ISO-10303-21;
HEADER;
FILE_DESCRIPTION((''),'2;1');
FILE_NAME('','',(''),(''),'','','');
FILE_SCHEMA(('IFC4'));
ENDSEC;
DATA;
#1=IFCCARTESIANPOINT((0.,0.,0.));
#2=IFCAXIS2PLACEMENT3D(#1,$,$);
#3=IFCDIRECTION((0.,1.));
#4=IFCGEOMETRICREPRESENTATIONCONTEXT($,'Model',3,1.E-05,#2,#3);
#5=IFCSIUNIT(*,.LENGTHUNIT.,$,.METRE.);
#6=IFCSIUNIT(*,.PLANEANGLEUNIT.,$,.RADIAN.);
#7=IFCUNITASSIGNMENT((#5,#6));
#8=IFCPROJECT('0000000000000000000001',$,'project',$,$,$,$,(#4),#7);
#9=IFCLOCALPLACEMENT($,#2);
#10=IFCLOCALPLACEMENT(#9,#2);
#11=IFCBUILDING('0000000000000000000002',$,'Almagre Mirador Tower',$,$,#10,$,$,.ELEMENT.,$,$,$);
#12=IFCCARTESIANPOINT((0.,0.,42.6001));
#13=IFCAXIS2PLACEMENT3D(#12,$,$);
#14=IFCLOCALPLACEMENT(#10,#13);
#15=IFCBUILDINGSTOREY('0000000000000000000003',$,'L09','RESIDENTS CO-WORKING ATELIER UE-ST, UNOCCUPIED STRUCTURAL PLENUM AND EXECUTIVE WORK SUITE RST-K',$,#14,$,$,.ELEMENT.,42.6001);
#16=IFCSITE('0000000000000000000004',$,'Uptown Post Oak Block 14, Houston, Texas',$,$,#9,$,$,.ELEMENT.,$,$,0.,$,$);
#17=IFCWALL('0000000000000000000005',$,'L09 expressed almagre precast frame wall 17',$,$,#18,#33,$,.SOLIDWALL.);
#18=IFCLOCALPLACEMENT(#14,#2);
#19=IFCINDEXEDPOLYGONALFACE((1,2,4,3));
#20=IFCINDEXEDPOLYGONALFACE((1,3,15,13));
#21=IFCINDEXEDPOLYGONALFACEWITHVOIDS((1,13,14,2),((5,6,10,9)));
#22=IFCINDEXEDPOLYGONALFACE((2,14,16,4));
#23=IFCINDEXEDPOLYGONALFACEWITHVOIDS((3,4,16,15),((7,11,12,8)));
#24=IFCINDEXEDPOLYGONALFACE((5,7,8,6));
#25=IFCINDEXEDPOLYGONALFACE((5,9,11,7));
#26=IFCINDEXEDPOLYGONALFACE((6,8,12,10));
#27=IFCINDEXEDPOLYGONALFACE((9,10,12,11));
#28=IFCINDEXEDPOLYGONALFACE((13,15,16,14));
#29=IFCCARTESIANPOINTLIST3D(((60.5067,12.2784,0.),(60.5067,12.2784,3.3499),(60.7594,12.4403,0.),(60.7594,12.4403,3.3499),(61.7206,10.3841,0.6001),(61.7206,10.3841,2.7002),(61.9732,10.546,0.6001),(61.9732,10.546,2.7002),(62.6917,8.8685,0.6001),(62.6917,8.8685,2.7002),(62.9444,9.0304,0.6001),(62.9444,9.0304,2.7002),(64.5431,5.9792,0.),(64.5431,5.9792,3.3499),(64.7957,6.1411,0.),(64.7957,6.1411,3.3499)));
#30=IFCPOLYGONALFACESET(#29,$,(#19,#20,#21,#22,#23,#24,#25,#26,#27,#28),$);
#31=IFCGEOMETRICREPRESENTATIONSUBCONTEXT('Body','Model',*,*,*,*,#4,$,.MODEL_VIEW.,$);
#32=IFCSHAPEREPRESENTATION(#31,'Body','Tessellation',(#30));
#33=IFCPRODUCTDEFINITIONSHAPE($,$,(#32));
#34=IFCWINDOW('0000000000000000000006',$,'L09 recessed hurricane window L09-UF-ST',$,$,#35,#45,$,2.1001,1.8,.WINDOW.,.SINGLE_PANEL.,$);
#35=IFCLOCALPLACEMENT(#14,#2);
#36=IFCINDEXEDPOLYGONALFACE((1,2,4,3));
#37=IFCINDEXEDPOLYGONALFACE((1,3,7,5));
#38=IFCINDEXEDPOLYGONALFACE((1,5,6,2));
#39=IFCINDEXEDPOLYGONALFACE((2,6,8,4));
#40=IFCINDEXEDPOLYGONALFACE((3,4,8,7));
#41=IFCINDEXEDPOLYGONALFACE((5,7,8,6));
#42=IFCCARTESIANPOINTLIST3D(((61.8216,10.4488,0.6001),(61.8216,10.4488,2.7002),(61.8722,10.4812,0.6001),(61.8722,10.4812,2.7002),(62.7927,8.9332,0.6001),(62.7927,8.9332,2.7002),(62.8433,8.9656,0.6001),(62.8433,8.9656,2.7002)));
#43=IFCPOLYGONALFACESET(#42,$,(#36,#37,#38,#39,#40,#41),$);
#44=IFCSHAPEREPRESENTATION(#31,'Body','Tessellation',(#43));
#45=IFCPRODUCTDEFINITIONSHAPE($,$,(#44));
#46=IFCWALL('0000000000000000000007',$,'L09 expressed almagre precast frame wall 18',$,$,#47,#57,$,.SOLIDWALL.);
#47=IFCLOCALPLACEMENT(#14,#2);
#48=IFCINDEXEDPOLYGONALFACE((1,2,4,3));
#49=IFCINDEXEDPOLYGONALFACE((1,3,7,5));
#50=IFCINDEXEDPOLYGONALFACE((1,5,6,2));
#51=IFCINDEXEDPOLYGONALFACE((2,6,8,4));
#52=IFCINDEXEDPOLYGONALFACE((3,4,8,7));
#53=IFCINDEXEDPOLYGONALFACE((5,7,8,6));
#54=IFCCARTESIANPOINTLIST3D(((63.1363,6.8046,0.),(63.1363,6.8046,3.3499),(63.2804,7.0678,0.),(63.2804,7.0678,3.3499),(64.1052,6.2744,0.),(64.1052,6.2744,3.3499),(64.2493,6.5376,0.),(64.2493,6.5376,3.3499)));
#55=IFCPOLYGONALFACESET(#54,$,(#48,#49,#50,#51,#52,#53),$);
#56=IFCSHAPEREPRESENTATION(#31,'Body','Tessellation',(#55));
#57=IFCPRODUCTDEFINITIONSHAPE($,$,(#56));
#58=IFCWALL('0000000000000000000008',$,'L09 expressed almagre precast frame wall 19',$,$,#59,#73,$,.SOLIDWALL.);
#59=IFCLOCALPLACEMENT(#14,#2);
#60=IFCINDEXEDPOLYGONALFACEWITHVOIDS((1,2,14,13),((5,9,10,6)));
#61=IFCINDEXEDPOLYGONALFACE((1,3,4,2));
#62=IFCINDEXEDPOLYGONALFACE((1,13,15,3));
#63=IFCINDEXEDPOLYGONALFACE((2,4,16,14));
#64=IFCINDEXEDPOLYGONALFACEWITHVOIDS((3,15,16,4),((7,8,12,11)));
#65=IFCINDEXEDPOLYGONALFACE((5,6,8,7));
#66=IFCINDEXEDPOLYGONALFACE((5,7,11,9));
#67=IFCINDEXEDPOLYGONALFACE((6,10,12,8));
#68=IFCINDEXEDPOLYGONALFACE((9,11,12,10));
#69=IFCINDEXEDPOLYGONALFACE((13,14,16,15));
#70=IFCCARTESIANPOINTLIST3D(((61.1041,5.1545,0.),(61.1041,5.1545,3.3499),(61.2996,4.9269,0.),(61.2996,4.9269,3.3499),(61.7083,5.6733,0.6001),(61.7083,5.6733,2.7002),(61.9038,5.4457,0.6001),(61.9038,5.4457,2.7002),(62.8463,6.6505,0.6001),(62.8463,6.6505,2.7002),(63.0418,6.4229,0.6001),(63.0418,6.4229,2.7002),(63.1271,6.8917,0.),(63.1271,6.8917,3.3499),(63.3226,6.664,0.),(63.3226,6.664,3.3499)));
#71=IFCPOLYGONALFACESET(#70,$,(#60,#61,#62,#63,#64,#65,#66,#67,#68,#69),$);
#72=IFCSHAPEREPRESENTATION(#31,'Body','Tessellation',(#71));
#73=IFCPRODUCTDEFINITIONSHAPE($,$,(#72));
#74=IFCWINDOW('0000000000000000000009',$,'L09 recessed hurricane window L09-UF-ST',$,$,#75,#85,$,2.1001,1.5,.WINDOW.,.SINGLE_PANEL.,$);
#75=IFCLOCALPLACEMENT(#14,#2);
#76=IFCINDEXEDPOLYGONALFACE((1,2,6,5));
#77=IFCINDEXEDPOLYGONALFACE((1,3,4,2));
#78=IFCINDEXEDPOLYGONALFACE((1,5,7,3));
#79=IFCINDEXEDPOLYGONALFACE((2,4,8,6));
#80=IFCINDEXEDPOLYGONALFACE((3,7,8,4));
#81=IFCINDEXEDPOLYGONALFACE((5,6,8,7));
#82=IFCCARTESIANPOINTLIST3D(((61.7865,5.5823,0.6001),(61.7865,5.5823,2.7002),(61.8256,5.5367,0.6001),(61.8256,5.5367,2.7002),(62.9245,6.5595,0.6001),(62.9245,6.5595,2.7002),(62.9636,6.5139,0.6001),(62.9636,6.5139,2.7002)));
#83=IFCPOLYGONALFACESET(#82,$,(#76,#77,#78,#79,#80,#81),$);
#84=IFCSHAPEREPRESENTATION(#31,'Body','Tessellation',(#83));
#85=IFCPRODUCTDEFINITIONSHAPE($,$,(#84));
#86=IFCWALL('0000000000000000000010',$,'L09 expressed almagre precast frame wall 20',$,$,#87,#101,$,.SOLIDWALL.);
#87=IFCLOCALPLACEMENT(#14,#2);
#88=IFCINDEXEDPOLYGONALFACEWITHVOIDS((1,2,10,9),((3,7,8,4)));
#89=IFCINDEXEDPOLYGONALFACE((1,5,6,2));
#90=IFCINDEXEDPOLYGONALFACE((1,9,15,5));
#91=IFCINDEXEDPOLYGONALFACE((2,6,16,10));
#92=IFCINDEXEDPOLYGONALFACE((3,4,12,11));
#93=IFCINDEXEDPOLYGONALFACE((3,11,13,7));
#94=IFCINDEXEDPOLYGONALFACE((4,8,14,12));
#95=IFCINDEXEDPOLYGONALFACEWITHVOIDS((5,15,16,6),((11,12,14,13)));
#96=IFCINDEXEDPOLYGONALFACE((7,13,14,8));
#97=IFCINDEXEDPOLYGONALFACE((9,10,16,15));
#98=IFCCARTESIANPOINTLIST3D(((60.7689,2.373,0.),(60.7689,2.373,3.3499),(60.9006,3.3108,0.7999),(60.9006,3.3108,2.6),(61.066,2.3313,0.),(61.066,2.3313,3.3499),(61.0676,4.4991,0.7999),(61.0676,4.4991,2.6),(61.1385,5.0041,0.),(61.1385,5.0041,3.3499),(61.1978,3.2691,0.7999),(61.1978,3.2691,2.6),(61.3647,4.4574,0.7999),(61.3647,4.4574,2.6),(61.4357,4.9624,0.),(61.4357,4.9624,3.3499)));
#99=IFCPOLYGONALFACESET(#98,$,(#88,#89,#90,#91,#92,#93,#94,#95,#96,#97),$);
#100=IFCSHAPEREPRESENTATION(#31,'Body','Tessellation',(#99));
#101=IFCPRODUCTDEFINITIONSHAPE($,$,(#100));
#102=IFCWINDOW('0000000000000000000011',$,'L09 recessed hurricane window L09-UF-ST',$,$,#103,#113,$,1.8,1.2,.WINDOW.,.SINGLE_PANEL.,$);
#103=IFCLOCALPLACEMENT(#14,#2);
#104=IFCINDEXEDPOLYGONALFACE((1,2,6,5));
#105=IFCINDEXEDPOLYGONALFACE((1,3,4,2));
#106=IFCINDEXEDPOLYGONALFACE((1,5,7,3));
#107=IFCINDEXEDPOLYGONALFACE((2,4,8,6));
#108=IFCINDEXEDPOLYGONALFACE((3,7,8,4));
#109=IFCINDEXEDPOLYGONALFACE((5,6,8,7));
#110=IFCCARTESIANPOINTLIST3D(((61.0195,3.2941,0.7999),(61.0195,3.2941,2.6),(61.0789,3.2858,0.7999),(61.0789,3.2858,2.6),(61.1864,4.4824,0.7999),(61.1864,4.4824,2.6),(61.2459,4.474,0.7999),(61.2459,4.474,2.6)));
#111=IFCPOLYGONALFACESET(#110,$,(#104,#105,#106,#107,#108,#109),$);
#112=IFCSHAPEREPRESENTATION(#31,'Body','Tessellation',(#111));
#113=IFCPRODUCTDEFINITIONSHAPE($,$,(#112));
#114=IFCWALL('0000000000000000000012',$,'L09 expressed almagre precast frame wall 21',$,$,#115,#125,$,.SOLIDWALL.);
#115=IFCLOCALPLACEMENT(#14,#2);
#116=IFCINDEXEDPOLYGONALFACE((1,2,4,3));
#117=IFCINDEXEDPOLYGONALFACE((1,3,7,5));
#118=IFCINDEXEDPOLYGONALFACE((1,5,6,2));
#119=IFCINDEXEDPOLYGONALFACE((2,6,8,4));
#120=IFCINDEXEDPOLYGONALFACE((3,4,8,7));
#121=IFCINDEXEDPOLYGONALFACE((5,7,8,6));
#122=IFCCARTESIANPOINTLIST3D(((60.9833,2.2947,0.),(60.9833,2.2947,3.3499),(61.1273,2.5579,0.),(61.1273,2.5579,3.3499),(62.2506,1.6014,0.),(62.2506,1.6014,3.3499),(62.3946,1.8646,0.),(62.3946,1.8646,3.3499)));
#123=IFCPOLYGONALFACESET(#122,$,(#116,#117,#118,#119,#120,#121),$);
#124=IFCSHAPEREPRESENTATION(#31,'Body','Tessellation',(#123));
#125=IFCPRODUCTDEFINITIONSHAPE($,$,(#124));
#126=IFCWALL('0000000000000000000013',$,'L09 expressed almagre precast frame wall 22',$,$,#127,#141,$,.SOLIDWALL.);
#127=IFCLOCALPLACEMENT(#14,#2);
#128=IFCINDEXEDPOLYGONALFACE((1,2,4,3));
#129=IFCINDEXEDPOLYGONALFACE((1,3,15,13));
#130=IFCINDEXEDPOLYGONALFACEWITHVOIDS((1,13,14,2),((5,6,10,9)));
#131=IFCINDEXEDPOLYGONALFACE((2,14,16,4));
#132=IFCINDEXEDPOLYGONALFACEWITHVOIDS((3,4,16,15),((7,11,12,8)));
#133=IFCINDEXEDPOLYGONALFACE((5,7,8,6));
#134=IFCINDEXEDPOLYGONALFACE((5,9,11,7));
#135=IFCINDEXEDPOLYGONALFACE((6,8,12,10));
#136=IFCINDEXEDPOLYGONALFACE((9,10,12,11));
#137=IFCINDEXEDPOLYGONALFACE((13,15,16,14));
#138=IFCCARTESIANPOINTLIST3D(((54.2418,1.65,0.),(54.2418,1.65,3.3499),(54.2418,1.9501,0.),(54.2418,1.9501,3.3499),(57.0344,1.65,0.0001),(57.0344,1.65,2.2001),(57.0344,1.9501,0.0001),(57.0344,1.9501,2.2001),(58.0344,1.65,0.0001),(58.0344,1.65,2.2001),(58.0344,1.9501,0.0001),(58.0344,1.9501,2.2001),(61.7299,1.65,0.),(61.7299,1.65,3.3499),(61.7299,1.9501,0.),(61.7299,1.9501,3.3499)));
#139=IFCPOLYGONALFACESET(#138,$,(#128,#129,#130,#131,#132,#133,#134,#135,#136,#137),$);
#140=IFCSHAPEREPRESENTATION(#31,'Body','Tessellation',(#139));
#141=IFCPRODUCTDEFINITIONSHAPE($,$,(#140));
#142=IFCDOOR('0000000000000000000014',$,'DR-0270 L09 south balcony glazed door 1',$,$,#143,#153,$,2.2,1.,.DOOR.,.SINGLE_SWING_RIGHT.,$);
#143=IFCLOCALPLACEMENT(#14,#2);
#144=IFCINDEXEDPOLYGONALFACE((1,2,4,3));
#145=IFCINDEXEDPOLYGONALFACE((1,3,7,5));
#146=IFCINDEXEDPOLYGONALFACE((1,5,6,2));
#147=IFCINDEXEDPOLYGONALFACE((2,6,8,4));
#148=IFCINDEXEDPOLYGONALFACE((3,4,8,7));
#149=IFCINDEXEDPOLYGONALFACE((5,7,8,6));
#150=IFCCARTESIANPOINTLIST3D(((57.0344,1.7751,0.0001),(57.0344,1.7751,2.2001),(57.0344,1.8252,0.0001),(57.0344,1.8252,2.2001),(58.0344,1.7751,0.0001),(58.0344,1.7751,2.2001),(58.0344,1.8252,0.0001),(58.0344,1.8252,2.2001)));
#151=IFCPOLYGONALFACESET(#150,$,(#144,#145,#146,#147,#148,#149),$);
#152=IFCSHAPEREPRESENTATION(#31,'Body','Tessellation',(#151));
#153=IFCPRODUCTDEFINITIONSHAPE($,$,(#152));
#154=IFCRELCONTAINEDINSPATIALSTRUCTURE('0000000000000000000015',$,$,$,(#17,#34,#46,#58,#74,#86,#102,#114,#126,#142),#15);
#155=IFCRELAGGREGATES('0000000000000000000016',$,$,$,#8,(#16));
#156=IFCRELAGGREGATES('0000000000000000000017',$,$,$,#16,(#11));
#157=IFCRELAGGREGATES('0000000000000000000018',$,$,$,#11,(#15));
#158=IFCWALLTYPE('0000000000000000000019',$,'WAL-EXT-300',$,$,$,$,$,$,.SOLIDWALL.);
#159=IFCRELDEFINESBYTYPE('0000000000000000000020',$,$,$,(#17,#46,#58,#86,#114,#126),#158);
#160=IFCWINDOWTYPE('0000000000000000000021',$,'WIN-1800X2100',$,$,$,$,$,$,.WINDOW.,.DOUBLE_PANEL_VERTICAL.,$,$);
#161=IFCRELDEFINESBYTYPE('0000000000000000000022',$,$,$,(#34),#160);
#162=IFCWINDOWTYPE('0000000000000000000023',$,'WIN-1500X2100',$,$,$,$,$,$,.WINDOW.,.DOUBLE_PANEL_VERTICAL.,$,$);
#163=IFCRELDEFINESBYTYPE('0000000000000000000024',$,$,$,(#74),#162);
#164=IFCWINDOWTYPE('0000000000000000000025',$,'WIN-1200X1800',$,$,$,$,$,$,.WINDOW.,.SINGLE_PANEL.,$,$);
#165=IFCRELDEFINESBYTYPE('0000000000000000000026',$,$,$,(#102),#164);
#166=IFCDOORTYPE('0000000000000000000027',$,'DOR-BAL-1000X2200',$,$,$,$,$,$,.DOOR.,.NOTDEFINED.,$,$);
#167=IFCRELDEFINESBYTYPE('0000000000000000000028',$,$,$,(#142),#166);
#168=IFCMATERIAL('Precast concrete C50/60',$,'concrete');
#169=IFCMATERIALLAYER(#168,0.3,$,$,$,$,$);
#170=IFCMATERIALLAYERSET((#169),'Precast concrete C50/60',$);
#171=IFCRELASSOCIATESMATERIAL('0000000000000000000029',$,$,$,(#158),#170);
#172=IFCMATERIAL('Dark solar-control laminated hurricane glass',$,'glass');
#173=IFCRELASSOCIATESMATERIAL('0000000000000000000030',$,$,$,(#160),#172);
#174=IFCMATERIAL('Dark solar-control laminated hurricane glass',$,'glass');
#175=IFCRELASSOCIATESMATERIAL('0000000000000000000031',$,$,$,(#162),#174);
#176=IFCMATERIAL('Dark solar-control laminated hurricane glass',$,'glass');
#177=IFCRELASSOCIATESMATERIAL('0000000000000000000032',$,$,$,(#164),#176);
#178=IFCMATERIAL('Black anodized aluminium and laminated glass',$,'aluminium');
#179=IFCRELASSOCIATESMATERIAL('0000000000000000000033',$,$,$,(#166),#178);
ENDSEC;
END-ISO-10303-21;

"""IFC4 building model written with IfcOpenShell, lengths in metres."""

from ifc_helpers import new_model, si_unit, direction, frame, frame_2d, origin, place, context, subcontext, project, spatial, rectangle, extrude, material, layer, layer_set, type_object, element, fill, save


model = new_model("IFC4")

# Units and contexts
model_context = context("Model", 3, precision=1e-05, world=origin(), true_north=direction((0.0, 1.0)))
body_context = subcontext(model_context, "Body", "Model", "MODEL_VIEW")
ifc_project = project(units=[si_unit("LENGTHUNIT", "METRE"), si_unit("PLANEANGLEUNIT", "RADIAN")], contexts=[model_context])

# Site, building, storey
site_placement = place(None, origin())
site = spatial("IfcSite", under=ifc_project, at=site_placement, Name="Uptown Post Oak Block 14, Houston, Texas", CompositionType="ELEMENT", RefElevation=0.0)
building_placement = place(site_placement, origin())
building = spatial("IfcBuilding", under=site, at=building_placement, Name="Almagre Mirador Tower", CompositionType="ELEMENT")
storey_placement = place(building_placement, frame((0.0, 0.0, 42.6001)))
storey = spatial("IfcBuildingStorey", under=building, at=storey_placement, Name="L09", Description="RESIDENTS CO-WORKING ATELIER UE-ST, UNOCCUPIED STRUCTURAL PLENUM AND EXECUTIVE WORK SUITE RST-K", CompositionType="ELEMENT", Elevation=42.6001)

# Wall, opening, window
ifc_material_1 = material(Name="Precast concrete C50/60", Category="concrete")
ifc_layer_1 = layer(ifc_material_1, 0.3)
ifc_layer_set_1 = layer_set([ifc_layer_1], Name="Precast concrete C50/60")
wall_type = type_object("IfcWallType", Name="WAL-EXT-300", PredefinedType="SOLIDWALL", material=ifc_layer_set_1)
wall_1_placement = place(storey_placement, frame((60.6331, 12.3594, 0.0), z_axis=(0.0, 0.0, 1.0), x_axis=(0.53951, -0.841979, 0.0)))
wall_1 = element("IfcWall", 1, at=wall_1_placement, inside=storey, type_object=wall_type, Name="L09 expressed almagre precast frame wall 17", PredefinedType="SOLIDWALL", context=body_context, shape_type="SweptSolid", body=[
    extrude(rectangle(XDim=7.4814, YDim=0.3, at=frame_2d((3.7407, 0.0))), origin(), (0.0, 0.0, 1.0), 3.3499),
])
opening_1_placement = place(wall_1_placement, frame((2.25, 0.0, 0.6001)))
opening_1 = element("IfcOpeningElement", 2, at=opening_1_placement, cuts=wall_1, PredefinedType="OPENING", context=body_context, shape_type="SweptSolid", body=[
    extrude(rectangle(XDim=1.8, YDim=2.1001, at=frame_2d((0.8999, 1.05))), frame((0.0, 0.1599, 0.0), z_axis=(0.0, -1.0, 0.0), x_axis=(1.0, 0.0, 0.0)), (0.0, 0.0, 1.0), 0.32),
])
ifc_material_2 = material(Name="Dark solar-control laminated hurricane glass", Category="glass")
window_type_1 = type_object("IfcWindowType", Name="WIN-1800X2100", PartitioningType="DOUBLE_PANEL_VERTICAL", PredefinedType="WINDOW", material=ifc_material_2)
window_1_placement = place(opening_1_placement, origin())
window_1 = element("IfcWindow", 3, at=window_1_placement, inside=storey, type_object=window_type_1, Name="L09 recessed hurricane window L09-UF-ST", OverallHeight=2.1001, OverallWidth=1.8, PartitioningType="SINGLE_PANEL", PredefinedType="WINDOW", context=body_context, shape_type="SweptSolid", body=[
    extrude(rectangle(XDim=1.8, YDim=2.1001, at=frame_2d((0.8999, 1.05))), frame((0.0, 0.03, 0.0), z_axis=(0.0, -1.0, 0.0), x_axis=(1.0, 0.0, 0.0)), (0.0, 0.0, 1.0), 0.0601),
])
fill(opening_1, window_1)

# Wall
wall_2_placement = place(storey_placement, frame((64.1772, 6.406, 0.0), z_axis=(0.0, 0.0, 1.0), x_axis=(-0.877236, 0.48006, 0.0)))
element("IfcWall", 4, at=wall_2_placement, inside=storey, type_object=wall_type, Name="L09 expressed almagre precast frame wall 18", PredefinedType="SOLIDWALL", context=body_context, shape_type="SweptSolid", body=[
    extrude(rectangle(XDim=1.1045, YDim=0.3, at=frame_2d((0.5522, 0.0))), origin(), (0.0, 0.0, 1.0), 3.3499),
])

# Walls, openings, windows
wall_3_placement = place(storey_placement, frame((63.2249, 6.7778, 0.0), z_axis=(0.0, 0.0, 1.0), x_axis=(-0.758681, -0.651462, 0.0)))
wall_3 = element("IfcWall", 5, at=wall_3_placement, inside=storey, type_object=wall_type, Name="L09 expressed almagre precast frame wall 19", PredefinedType="SOLIDWALL", context=body_context, shape_type="SweptSolid", body=[
    extrude(rectangle(XDim=2.6665, YDim=0.3, at=frame_2d((1.3333, 0.0))), origin(), (0.0, 0.0, 1.0), 3.3499),
])
opening_2_placement = place(wall_3_placement, frame((0.3701, 0.0, 0.6001)))
opening_2 = element("IfcOpeningElement", 6, at=opening_2_placement, cuts=wall_3, PredefinedType="OPENING", context=body_context, shape_type="SweptSolid", body=[
    extrude(rectangle(XDim=1.5, YDim=2.1001, at=frame_2d((0.75, 1.05))), frame((0.0, 0.1599, 0.0), z_axis=(0.0, -1.0, 0.0), x_axis=(1.0, 0.0, 0.0)), (0.0, 0.0, 1.0), 0.32),
])
ifc_material_3 = material(Name="Dark solar-control laminated hurricane glass", Category="glass")
window_type_2 = type_object("IfcWindowType", Name="WIN-1500X2100", PartitioningType="DOUBLE_PANEL_VERTICAL", PredefinedType="WINDOW", material=ifc_material_3)
window_2_placement = place(opening_2_placement, origin())
window_2 = element("IfcWindow", 7, at=window_2_placement, inside=storey, type_object=window_type_2, Name="L09 recessed hurricane window L09-UF-ST", OverallHeight=2.1001, OverallWidth=1.5, PartitioningType="SINGLE_PANEL", PredefinedType="WINDOW", context=body_context, shape_type="SweptSolid", body=[
    extrude(rectangle(XDim=1.5, YDim=2.1001, at=frame_2d((0.75, 1.05))), frame((0.0, 0.03, 0.0), z_axis=(0.0, -1.0, 0.0), x_axis=(1.0, 0.0, 0.0)), (0.0, 0.0, 1.0), 0.0601),
])
fill(opening_2, window_2)
wall_4_placement = place(storey_placement, frame((61.2871, 4.9834, 0.0), z_axis=(0.0, 0.0, 1.0), x_axis=(-0.139118, -0.990276, 0.0)))
wall_4 = element("IfcWall", 8, at=wall_4_placement, inside=storey, type_object=wall_type, Name="L09 expressed almagre precast frame wall 20", PredefinedType="SOLIDWALL", context=body_context, shape_type="SweptSolid", body=[
    extrude(rectangle(XDim=2.657, YDim=0.3, at=frame_2d((1.3286, 0.0))), origin(), (0.0, 0.0, 1.0), 3.3499),
])
opening_3_placement = place(wall_4_placement, frame((0.51, 0.0, 0.8)))
opening_3 = element("IfcOpeningElement", 9, at=opening_3_placement, cuts=wall_4, PredefinedType="OPENING", context=body_context, shape_type="SweptSolid", body=[
    extrude(rectangle(XDim=1.2, YDim=1.8, at=frame_2d((0.6001, 0.8999))), frame((0.0, 0.1599, 0.0), z_axis=(0.0, -1.0, 0.0), x_axis=(1.0, 0.0, 0.0)), (0.0, 0.0, 1.0), 0.32),
])
ifc_material_4 = material(Name="Dark solar-control laminated hurricane glass", Category="glass")
window_type_3 = type_object("IfcWindowType", Name="WIN-1200X1800", PartitioningType="SINGLE_PANEL", PredefinedType="WINDOW", material=ifc_material_4)
window_3_placement = place(opening_3_placement, origin())
window_3 = element("IfcWindow", 10, at=window_3_placement, inside=storey, type_object=window_type_3, Name="L09 recessed hurricane window L09-UF-ST", OverallHeight=1.8, OverallWidth=1.2, PartitioningType="SINGLE_PANEL", PredefinedType="WINDOW", context=body_context, shape_type="SweptSolid", body=[
    extrude(rectangle(XDim=1.2, YDim=1.8, at=frame_2d((0.6001, 0.8999))), frame((0.0, 0.03, 0.0), z_axis=(0.0, -1.0, 0.0), x_axis=(1.0, 0.0, 0.0)), (0.0, 0.0, 1.0), 0.0601),
])
fill(opening_3, window_3)

# Wall
wall_5_placement = place(storey_placement, frame((61.0554, 2.4263, 0.0), z_axis=(0.0, 0.0, 1.0), x_axis=(0.877288, -0.479965, 0.0)))
element("IfcWall", 11, at=wall_5_placement, inside=storey, type_object=wall_type, Name="L09 expressed almagre precast frame wall 21", PredefinedType="SOLIDWALL", context=body_context, shape_type="SweptSolid", body=[
    extrude(rectangle(XDim=1.4446, YDim=0.3, at=frame_2d((0.7222, 0.0))), origin(), (0.0, 0.0, 1.0), 3.3499),
])

# Wall, opening, door
wall_6_placement = place(storey_placement, frame((61.73, 1.8, 0.0), z_axis=(0.0, 0.0, 1.0), x_axis=(-1.0, 0.0, 0.0)))
wall_6 = element("IfcWall", 12, at=wall_6_placement, inside=storey, type_object=wall_type, Name="L09 expressed almagre precast frame wall 22", PredefinedType="SOLIDWALL", context=body_context, shape_type="SweptSolid", body=[
    extrude(rectangle(XDim=7.488, YDim=0.3, at=frame_2d((3.7441, 0.0))), origin(), (0.0, 0.0, 1.0), 3.3499),
])
opening_4_placement = place(wall_6_placement, frame((3.6956, 0.0, 0.0)))
opening_4 = element("IfcOpeningElement", 13, at=opening_4_placement, cuts=wall_6, PredefinedType="OPENING", context=body_context, shape_type="SweptSolid", body=[
    extrude(rectangle(XDim=1.0, YDim=2.2, at=frame_2d((0.5, 1.1001))), frame((0.0, 0.1599, 0.0), z_axis=(0.0, -1.0, 0.0), x_axis=(1.0, 0.0, 0.0)), (0.0, 0.0, 1.0), 0.32),
])
ifc_material_5 = material(Name="Black anodized aluminium and laminated glass", Category="aluminium")
door_type = type_object("IfcDoorType", Name="DOR-BAL-1000X2200", OperationType="NOTDEFINED", PredefinedType="DOOR", material=ifc_material_5)
door_placement = place(opening_4_placement, origin())
door = element("IfcDoor", 14, at=door_placement, inside=storey, type_object=door_type, Name="DR-0270 L09 south balcony glazed door 1", OperationType="SINGLE_SWING_RIGHT", OverallHeight=2.2, OverallWidth=1.0, PredefinedType="DOOR", context=body_context, shape_type="SweptSolid", body=[
    extrude(rectangle(XDim=1.0, YDim=2.2, at=frame_2d((0.5, 1.1001))), frame((0.0, 0.0249, 0.0), z_axis=(0.0, -1.0, 0.0), x_axis=(1.0, 0.0, 0.0)), (0.0, 0.0, 1.0), 0.05),
])
fill(opening_4, door)

save(model, "model.ifc")
